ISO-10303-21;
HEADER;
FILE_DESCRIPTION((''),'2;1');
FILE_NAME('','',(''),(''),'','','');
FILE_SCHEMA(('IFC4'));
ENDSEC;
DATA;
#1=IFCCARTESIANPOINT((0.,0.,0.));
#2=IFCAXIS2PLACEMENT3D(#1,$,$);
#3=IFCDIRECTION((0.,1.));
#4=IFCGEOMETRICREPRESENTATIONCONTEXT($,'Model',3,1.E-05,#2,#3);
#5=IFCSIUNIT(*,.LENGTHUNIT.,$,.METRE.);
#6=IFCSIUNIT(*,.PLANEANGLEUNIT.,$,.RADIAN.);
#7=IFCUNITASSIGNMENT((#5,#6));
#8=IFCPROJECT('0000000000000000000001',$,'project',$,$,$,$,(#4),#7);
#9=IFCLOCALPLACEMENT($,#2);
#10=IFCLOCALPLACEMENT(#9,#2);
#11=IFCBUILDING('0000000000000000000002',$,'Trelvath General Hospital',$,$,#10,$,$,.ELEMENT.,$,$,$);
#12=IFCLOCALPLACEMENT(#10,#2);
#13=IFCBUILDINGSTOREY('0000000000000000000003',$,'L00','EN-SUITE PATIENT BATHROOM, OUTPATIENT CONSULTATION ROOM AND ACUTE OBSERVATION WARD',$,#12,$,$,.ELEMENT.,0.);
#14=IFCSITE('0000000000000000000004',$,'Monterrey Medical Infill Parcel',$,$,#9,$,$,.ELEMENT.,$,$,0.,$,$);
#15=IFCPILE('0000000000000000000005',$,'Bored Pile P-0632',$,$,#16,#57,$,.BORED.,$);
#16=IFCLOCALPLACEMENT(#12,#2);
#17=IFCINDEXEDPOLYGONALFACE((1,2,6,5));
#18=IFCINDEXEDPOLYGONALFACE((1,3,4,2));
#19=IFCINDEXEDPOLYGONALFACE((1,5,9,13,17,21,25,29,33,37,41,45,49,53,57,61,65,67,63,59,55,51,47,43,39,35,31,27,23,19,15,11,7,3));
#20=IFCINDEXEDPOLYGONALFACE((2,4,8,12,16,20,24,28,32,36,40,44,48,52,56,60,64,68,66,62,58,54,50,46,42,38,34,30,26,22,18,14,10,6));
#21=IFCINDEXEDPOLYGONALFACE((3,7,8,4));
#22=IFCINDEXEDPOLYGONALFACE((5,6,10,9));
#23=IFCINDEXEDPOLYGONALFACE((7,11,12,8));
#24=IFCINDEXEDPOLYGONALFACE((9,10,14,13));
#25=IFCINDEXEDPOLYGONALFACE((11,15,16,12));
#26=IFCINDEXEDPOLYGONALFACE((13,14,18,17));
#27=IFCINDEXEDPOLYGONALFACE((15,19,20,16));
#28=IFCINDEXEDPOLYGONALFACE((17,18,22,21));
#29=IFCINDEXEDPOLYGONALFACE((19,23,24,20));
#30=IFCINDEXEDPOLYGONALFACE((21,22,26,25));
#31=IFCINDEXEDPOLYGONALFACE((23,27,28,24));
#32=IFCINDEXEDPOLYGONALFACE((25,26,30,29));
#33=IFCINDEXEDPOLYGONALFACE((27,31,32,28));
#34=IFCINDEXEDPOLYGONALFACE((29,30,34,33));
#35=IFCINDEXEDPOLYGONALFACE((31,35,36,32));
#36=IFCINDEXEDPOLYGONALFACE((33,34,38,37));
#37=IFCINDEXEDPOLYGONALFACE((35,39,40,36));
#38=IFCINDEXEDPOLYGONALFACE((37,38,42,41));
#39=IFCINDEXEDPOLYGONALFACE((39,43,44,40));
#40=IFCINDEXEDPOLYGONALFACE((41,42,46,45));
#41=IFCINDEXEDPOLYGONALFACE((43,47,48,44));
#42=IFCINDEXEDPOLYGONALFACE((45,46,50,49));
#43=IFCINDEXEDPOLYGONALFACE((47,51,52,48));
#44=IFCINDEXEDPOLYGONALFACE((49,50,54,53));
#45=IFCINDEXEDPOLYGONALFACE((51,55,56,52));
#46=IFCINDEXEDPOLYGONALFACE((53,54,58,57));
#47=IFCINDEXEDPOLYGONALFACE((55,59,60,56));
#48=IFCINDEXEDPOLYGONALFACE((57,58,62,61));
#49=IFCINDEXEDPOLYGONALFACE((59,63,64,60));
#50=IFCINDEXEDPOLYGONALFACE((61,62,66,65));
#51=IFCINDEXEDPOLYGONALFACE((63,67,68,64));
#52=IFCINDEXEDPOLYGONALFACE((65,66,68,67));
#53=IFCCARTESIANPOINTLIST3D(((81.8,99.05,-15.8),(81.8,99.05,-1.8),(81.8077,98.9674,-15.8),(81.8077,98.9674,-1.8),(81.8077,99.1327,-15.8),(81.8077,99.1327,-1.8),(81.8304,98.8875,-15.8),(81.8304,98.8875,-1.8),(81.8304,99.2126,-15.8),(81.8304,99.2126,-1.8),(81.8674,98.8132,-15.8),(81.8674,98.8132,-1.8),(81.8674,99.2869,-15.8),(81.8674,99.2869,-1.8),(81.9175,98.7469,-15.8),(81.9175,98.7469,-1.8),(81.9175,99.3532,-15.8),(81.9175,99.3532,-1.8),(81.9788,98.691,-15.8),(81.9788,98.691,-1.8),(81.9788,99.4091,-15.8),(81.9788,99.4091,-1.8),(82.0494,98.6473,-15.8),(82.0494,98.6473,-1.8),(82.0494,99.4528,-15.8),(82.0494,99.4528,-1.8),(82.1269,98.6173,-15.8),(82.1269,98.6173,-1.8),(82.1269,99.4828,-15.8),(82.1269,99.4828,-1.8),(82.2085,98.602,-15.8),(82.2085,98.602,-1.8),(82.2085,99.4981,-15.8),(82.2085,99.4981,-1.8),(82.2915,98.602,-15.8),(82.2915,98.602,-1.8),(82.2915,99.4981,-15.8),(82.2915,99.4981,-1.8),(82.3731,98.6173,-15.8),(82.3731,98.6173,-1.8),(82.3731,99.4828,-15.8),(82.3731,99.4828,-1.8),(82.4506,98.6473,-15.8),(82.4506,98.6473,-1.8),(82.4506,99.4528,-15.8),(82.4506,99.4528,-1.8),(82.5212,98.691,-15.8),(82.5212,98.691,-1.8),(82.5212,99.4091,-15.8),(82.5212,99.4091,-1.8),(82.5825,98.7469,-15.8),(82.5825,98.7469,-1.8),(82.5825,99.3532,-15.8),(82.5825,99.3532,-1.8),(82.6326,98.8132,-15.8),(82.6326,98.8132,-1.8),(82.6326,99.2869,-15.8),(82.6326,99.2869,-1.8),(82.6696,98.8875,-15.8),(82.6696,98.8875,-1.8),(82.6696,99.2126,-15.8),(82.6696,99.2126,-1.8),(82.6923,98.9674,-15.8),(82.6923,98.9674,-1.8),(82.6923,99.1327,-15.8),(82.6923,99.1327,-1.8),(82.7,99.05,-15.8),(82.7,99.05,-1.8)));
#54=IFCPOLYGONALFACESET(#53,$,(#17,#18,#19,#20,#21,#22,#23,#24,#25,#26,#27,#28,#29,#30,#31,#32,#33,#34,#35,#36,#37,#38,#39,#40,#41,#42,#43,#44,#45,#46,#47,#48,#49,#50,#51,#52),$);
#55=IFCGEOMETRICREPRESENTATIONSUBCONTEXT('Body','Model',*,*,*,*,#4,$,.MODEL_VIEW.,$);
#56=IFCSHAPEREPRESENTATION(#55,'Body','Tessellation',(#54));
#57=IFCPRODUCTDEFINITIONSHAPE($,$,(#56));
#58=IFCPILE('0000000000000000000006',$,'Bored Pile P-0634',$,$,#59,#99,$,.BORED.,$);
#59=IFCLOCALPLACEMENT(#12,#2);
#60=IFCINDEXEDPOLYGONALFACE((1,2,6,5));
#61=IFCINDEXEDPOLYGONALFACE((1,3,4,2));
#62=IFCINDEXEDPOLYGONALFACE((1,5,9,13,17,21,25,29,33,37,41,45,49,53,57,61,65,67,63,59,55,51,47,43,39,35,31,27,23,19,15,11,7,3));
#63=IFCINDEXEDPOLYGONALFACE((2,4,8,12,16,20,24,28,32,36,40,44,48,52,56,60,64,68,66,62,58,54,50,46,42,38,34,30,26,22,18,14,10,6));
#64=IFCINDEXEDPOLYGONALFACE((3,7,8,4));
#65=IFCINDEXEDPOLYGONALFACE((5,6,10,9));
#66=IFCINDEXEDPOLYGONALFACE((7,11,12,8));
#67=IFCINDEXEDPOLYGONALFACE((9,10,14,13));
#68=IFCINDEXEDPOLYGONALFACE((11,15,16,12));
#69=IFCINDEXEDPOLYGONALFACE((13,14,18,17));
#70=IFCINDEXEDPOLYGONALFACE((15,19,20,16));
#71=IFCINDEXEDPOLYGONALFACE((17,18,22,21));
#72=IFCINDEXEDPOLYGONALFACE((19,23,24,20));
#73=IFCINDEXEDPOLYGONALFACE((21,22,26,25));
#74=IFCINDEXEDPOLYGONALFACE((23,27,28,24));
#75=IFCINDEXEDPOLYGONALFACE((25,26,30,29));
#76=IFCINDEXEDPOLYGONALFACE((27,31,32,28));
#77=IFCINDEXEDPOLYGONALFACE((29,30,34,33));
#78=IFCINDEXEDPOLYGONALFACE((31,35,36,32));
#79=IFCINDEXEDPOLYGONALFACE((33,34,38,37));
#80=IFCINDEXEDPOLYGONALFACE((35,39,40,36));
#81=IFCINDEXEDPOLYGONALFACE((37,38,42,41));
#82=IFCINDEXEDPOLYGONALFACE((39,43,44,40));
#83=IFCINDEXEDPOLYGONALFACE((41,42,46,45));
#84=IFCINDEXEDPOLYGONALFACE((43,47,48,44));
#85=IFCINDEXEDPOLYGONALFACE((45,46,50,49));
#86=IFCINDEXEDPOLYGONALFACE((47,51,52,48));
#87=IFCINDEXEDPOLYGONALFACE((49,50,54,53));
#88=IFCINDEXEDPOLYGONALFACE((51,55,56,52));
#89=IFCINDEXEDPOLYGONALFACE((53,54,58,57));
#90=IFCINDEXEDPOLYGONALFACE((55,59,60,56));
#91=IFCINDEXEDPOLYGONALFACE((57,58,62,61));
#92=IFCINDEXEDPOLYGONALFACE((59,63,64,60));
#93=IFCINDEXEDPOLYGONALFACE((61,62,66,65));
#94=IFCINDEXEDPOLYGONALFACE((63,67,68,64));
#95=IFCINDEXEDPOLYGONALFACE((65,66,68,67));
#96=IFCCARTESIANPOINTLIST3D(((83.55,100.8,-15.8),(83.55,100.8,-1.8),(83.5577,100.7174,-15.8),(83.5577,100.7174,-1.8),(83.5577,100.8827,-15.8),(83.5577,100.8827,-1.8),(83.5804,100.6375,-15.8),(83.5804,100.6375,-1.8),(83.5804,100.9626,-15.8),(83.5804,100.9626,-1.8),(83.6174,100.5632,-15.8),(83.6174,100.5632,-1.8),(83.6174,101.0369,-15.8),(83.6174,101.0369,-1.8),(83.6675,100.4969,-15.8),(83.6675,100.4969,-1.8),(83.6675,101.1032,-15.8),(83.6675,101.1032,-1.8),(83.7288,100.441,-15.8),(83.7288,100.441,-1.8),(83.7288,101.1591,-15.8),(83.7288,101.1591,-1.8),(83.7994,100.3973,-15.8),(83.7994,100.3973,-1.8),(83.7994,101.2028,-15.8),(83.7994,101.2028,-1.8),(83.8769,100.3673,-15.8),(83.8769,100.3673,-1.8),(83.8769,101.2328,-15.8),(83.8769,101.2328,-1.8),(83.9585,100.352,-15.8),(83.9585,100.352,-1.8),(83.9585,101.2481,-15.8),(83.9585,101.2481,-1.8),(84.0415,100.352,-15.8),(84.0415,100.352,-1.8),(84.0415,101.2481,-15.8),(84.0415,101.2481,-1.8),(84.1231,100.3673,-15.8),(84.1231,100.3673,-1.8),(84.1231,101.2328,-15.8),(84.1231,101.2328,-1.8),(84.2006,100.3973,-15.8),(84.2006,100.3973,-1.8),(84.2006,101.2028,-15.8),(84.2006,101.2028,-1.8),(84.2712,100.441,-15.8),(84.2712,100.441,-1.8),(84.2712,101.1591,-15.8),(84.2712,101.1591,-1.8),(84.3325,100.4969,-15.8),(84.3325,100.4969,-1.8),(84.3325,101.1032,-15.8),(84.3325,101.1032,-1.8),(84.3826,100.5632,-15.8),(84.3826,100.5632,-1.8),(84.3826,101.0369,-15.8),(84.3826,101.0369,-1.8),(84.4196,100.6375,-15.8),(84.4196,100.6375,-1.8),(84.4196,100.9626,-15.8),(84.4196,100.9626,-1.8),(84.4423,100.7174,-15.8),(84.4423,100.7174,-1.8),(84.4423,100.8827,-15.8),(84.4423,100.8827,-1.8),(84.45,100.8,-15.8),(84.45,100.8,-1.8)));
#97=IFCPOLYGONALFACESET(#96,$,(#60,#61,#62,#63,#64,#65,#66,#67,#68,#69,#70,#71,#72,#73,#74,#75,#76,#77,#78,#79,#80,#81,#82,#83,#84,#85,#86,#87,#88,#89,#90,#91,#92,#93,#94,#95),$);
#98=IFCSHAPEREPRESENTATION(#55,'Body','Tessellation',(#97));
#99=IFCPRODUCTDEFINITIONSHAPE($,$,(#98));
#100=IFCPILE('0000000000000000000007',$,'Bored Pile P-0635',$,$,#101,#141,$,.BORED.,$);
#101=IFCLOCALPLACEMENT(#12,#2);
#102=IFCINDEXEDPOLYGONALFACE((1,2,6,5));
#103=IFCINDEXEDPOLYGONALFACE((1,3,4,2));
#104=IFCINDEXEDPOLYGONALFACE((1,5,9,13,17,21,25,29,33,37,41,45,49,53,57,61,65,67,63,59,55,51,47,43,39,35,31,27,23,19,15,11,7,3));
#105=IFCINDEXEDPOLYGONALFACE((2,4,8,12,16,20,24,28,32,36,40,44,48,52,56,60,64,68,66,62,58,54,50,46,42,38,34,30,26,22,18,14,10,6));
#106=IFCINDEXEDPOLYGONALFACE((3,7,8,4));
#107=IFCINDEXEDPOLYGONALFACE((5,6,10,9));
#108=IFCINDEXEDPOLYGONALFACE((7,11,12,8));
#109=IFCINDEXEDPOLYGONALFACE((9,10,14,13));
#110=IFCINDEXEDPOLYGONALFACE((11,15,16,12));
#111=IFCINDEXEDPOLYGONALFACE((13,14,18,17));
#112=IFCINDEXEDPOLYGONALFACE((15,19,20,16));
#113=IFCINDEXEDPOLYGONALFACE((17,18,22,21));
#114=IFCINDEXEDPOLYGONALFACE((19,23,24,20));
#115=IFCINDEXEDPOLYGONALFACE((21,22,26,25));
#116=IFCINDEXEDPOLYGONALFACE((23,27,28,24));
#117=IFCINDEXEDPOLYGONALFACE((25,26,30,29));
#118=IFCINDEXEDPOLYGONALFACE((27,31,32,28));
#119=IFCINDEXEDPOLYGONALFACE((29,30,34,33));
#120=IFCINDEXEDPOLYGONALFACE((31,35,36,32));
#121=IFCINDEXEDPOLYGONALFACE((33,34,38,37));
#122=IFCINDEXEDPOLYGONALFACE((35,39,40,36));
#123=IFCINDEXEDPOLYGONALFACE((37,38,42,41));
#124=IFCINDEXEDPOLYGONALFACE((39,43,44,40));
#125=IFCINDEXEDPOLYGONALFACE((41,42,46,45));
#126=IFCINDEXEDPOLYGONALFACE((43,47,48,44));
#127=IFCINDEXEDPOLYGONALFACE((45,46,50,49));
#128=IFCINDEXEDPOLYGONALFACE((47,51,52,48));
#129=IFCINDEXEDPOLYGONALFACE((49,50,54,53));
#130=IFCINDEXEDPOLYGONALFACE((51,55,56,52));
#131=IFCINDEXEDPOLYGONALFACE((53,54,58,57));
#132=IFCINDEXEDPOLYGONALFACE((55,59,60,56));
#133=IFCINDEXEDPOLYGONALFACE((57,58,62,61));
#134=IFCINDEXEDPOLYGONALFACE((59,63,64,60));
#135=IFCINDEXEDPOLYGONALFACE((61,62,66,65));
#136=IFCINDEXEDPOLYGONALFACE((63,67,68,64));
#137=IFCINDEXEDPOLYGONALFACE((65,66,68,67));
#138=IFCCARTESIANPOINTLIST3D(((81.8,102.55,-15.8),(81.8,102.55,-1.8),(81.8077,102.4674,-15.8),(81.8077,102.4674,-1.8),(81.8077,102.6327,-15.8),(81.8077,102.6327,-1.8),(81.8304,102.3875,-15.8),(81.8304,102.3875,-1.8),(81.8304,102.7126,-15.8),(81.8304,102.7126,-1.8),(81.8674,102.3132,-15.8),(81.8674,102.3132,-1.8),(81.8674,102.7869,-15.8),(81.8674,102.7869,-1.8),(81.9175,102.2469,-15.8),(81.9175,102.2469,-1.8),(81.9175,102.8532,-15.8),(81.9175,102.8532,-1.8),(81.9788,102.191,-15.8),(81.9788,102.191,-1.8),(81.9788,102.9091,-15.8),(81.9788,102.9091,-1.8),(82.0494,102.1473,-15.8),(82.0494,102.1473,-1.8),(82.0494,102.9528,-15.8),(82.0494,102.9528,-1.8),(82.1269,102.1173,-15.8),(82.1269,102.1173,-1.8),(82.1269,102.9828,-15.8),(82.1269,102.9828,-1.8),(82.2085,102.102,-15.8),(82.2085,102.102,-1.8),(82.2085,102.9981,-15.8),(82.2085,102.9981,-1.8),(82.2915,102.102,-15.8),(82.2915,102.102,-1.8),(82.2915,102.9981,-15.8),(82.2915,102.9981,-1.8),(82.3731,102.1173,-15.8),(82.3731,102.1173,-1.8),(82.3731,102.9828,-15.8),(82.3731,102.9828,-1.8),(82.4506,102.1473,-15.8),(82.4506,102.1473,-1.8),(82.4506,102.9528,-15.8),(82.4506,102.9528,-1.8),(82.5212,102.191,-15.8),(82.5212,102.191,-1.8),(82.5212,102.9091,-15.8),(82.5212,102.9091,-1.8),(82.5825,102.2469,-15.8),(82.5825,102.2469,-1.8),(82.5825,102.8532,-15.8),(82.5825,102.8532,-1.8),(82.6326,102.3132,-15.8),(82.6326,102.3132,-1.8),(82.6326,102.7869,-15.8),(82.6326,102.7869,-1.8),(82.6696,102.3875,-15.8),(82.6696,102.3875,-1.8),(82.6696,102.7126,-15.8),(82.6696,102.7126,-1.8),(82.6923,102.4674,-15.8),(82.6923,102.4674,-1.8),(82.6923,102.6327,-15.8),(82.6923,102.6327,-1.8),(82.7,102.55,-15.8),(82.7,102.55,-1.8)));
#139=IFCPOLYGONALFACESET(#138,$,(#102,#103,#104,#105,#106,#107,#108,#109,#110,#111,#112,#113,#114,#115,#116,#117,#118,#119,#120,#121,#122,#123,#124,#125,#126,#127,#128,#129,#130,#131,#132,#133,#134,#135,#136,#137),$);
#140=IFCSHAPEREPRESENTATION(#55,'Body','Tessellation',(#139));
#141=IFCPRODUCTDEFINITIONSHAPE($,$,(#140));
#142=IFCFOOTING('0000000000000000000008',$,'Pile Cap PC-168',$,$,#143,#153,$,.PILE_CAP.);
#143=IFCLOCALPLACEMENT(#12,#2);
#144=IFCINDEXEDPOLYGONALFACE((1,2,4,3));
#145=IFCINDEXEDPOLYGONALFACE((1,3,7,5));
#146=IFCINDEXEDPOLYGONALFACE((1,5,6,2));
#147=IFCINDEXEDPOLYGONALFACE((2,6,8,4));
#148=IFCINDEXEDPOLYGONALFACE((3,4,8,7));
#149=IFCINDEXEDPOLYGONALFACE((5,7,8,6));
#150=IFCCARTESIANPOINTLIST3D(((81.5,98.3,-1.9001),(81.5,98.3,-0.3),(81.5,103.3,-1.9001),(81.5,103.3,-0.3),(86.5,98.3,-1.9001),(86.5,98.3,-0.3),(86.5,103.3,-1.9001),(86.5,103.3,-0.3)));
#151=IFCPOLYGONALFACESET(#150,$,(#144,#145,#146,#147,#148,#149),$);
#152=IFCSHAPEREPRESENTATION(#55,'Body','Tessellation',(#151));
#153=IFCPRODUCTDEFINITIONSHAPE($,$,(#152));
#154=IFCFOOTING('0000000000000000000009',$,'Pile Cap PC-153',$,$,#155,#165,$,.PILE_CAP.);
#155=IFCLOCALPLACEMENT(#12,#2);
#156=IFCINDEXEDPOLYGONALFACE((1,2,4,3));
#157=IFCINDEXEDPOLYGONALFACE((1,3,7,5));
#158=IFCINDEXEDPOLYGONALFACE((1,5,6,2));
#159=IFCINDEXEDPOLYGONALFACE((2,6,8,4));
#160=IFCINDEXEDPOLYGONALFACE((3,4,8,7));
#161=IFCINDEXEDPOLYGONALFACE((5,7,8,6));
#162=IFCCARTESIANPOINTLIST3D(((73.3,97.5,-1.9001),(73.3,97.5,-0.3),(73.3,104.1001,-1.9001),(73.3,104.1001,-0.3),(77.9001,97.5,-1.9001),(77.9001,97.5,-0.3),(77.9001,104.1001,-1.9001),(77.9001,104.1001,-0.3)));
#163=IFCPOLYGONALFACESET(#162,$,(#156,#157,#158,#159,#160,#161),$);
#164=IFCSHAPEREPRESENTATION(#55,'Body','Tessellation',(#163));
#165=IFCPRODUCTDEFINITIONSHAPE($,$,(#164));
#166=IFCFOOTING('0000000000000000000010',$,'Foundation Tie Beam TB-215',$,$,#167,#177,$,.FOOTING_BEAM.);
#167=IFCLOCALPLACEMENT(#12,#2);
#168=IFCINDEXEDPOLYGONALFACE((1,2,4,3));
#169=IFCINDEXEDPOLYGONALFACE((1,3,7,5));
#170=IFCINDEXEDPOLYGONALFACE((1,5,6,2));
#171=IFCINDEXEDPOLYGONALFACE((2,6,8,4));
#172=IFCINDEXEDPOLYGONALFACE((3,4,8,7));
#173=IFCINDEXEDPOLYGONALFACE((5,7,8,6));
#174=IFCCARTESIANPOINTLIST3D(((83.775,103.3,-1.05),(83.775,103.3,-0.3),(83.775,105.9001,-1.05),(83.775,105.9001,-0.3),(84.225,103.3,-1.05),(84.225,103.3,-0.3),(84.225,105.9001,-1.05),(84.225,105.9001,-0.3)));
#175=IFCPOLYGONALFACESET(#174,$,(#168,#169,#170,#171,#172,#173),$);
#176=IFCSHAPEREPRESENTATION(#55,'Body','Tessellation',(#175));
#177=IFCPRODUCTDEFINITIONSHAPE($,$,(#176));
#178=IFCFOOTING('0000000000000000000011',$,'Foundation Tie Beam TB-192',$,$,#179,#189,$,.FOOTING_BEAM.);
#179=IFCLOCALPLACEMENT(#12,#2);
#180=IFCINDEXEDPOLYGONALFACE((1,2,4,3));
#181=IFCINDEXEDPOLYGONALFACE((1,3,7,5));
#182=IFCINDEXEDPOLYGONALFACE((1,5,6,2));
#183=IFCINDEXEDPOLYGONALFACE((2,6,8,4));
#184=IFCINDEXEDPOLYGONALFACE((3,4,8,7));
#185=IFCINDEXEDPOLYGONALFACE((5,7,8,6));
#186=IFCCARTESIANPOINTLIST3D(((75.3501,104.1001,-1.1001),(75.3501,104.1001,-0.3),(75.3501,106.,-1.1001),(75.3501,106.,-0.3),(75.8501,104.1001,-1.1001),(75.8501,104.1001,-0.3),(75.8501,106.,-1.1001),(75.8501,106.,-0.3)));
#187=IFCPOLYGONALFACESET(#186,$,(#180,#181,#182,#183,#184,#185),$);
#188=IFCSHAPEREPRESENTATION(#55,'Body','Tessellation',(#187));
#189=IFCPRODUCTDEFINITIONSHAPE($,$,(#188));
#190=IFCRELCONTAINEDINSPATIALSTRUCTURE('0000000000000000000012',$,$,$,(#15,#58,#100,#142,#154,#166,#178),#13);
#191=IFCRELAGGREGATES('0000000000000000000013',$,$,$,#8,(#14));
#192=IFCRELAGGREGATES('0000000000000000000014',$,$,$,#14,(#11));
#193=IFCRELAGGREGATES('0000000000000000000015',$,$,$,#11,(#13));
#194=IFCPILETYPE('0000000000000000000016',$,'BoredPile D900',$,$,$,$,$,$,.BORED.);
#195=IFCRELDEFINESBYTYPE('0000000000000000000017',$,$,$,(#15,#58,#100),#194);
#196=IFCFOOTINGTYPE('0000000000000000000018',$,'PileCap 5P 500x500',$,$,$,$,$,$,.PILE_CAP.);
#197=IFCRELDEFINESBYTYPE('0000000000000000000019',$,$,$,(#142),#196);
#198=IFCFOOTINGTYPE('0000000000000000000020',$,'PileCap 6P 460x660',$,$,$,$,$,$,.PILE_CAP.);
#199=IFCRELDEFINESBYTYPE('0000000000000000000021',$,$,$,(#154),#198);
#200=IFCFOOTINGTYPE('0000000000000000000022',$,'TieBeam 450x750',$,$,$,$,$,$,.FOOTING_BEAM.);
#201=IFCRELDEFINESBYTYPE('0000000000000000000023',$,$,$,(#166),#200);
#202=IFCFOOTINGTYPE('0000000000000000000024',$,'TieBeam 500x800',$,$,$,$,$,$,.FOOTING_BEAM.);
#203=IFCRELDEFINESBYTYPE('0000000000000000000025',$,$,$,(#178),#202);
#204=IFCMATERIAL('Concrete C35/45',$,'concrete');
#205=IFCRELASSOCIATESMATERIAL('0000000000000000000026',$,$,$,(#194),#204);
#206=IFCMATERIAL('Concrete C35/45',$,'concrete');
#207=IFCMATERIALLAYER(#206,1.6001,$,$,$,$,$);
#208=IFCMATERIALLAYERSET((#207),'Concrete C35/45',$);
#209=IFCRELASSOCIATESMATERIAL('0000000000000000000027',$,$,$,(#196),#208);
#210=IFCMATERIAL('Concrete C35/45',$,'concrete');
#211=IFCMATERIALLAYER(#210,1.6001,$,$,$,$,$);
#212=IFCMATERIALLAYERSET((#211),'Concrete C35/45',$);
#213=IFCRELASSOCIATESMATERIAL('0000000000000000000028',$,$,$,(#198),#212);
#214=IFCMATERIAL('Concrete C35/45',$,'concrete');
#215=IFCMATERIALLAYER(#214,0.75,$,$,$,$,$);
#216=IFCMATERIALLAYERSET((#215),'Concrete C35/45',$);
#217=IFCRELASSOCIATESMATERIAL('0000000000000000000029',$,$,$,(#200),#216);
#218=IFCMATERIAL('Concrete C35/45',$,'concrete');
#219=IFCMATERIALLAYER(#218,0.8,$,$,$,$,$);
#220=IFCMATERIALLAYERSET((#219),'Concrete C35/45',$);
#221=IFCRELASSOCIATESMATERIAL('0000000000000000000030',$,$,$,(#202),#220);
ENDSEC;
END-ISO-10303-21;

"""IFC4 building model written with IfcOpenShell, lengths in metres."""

from ifc_helpers import new_model, si_unit, direction, frame, origin, origin_2d, place, context, subcontext, project, spatial, rectangle, circle, extrude, material, layer, layer_set, material_profile, profile_set, type_object, element, save


model = new_model("IFC4")

# Units and contexts
model_context = context("Model", 3, precision=1e-05, world=origin(), true_north=direction((0.0, 1.0)))
body_context = subcontext(model_context, "Body", "Model", "MODEL_VIEW")
ifc_project = project(units=[si_unit("LENGTHUNIT", "METRE"), si_unit("PLANEANGLEUNIT", "RADIAN")], contexts=[model_context])

# Site, building, storey
site_placement = place(None, origin())
site = spatial("IfcSite", under=ifc_project, at=site_placement, Name="Monterrey Medical Infill Parcel", CompositionType="ELEMENT", RefElevation=0.0)
building_placement = place(site_placement, origin())
building = spatial("IfcBuilding", under=site, at=building_placement, Name="Trelvath General Hospital", CompositionType="ELEMENT")
storey_placement = place(building_placement, origin())
storey = spatial("IfcBuildingStorey", under=building, at=storey_placement, Name="L00", Description="EN-SUITE PATIENT BATHROOM, OUTPATIENT CONSULTATION ROOM AND ACUTE OBSERVATION WARD", CompositionType="ELEMENT", Elevation=0.0)

# Piles
ifc_material_1 = material(Name="Concrete C35/45", Category="concrete")
ifc_material_profile_1 = material_profile(ifc_material_1, circle(Radius=0.45, at=origin_2d()), Name="PILE900")
ifc_profile_set_1 = profile_set([ifc_material_profile_1], Name="Concrete C35/45")
pile_type_1 = type_object("IfcPileType", Name="BoredPile D900", PredefinedType="BORED", material=ifc_profile_set_1)
for number, where, z_axis, x_axis, name in (
    (1, (82.25, 99.05, -1.8), (0.0, 0.0, -1.0), (1.0, 0.0, 0.0), "Bored Pile P-0632"),
    (2, (84.0, 100.8, -1.8), (0.0, 0.0, -1.0), (1.0, 0.0, 0.0), "Bored Pile P-0634"),
    (3, (82.25, 102.55, -1.8), (0.0, 0.0, -1.0), (1.0, 0.0, 0.0), "Bored Pile P-0635"),
):
    element("IfcPile", number, at=place(storey_placement, frame(where, z_axis=z_axis, x_axis=x_axis)), inside=storey, type_object=pile_type_1, Name=name, PredefinedType="BORED", context=body_context, shape_type="SweptSolid", body=[
        extrude(circle(Radius=0.45, at=origin_2d()), origin(), (0.0, 0.0, 1.0), 14.0),
    ])

# Footings
ifc_material_2 = material(Name="Concrete C35/45", Category="concrete")
ifc_layer_1 = layer(ifc_material_2, 1.6001)
ifc_layer_set_1 = layer_set([ifc_layer_1], Name="Concrete C35/45")
footing_type_1 = type_object("IfcFootingType", Name="PileCap 5P 500x500", PredefinedType="PILE_CAP", material=ifc_layer_set_1)
footing_1_placement = place(storey_placement, frame((84.0, 100.8, -1.9001), z_axis=(0.0, 0.0, 1.0), x_axis=(1.0, 0.0, 0.0)))
element("IfcFooting", 4, at=footing_1_placement, inside=storey, type_object=footing_type_1, Name="Pile Cap PC-168", PredefinedType="PILE_CAP", context=body_context, shape_type="SweptSolid", body=[
    extrude(rectangle(XDim=5.0, YDim=5.0, at=origin_2d()), origin(), (0.0, 0.0, 1.0), 1.6001),
])
ifc_material_3 = material(Name="Concrete C35/45", Category="concrete")
ifc_layer_2 = layer(ifc_material_3, 1.6001)
ifc_layer_set_2 = layer_set([ifc_layer_2], Name="Concrete C35/45")
footing_type_2 = type_object("IfcFootingType", Name="PileCap 6P 460x660", PredefinedType="PILE_CAP", material=ifc_layer_set_2)
footing_2_placement = place(storey_placement, frame((75.6001, 100.8, -1.9001), z_axis=(0.0, 0.0, 1.0), x_axis=(1.0, 0.0, 0.0)))
element("IfcFooting", 5, at=footing_2_placement, inside=storey, type_object=footing_type_2, Name="Pile Cap PC-153", PredefinedType="PILE_CAP", context=body_context, shape_type="SweptSolid", body=[
    extrude(rectangle(XDim=4.6001, YDim=6.6001, at=origin_2d()), origin(), (0.0, 0.0, 1.0), 1.6001),
])
ifc_material_4 = material(Name="Concrete C35/45", Category="concrete")
ifc_layer_3 = layer(ifc_material_4, 0.75)
ifc_layer_set_3 = layer_set([ifc_layer_3], Name="Concrete C35/45")
footing_type_3 = type_object("IfcFootingType", Name="TieBeam 450x750", PredefinedType="FOOTING_BEAM", material=ifc_layer_set_3)
footing_3_placement = place(storey_placement, frame((84.0, 104.6001, -1.05), z_axis=(0.0, 0.0, 1.0), x_axis=(1.0, 0.0, 0.0)))
element("IfcFooting", 6, at=footing_3_placement, inside=storey, type_object=footing_type_3, Name="Foundation Tie Beam TB-215", PredefinedType="FOOTING_BEAM", context=body_context, shape_type="SweptSolid", body=[
    extrude(rectangle(XDim=0.45, YDim=2.6001, at=origin_2d()), origin(), (0.0, 0.0, 1.0), 0.75),
])
ifc_material_5 = material(Name="Concrete C35/45", Category="concrete")
ifc_layer_4 = layer(ifc_material_5, 0.8)
ifc_layer_set_4 = layer_set([ifc_layer_4], Name="Concrete C35/45")
footing_type_4 = type_object("IfcFootingType", Name="TieBeam 500x800", PredefinedType="FOOTING_BEAM", material=ifc_layer_set_4)
footing_4_placement = place(storey_placement, frame((75.6001, 105.05, -1.1001), z_axis=(0.0, 0.0, 1.0), x_axis=(1.0, 0.0, 0.0)))
element("IfcFooting", 7, at=footing_4_placement, inside=storey, type_object=footing_type_4, Name="Foundation Tie Beam TB-192", PredefinedType="FOOTING_BEAM", context=body_context, shape_type="SweptSolid", body=[
    extrude(rectangle(XDim=0.5, YDim=1.8999, at=origin_2d()), origin(), (0.0, 0.0, 1.0), 0.8),
])

save(model, "model.ifc")
